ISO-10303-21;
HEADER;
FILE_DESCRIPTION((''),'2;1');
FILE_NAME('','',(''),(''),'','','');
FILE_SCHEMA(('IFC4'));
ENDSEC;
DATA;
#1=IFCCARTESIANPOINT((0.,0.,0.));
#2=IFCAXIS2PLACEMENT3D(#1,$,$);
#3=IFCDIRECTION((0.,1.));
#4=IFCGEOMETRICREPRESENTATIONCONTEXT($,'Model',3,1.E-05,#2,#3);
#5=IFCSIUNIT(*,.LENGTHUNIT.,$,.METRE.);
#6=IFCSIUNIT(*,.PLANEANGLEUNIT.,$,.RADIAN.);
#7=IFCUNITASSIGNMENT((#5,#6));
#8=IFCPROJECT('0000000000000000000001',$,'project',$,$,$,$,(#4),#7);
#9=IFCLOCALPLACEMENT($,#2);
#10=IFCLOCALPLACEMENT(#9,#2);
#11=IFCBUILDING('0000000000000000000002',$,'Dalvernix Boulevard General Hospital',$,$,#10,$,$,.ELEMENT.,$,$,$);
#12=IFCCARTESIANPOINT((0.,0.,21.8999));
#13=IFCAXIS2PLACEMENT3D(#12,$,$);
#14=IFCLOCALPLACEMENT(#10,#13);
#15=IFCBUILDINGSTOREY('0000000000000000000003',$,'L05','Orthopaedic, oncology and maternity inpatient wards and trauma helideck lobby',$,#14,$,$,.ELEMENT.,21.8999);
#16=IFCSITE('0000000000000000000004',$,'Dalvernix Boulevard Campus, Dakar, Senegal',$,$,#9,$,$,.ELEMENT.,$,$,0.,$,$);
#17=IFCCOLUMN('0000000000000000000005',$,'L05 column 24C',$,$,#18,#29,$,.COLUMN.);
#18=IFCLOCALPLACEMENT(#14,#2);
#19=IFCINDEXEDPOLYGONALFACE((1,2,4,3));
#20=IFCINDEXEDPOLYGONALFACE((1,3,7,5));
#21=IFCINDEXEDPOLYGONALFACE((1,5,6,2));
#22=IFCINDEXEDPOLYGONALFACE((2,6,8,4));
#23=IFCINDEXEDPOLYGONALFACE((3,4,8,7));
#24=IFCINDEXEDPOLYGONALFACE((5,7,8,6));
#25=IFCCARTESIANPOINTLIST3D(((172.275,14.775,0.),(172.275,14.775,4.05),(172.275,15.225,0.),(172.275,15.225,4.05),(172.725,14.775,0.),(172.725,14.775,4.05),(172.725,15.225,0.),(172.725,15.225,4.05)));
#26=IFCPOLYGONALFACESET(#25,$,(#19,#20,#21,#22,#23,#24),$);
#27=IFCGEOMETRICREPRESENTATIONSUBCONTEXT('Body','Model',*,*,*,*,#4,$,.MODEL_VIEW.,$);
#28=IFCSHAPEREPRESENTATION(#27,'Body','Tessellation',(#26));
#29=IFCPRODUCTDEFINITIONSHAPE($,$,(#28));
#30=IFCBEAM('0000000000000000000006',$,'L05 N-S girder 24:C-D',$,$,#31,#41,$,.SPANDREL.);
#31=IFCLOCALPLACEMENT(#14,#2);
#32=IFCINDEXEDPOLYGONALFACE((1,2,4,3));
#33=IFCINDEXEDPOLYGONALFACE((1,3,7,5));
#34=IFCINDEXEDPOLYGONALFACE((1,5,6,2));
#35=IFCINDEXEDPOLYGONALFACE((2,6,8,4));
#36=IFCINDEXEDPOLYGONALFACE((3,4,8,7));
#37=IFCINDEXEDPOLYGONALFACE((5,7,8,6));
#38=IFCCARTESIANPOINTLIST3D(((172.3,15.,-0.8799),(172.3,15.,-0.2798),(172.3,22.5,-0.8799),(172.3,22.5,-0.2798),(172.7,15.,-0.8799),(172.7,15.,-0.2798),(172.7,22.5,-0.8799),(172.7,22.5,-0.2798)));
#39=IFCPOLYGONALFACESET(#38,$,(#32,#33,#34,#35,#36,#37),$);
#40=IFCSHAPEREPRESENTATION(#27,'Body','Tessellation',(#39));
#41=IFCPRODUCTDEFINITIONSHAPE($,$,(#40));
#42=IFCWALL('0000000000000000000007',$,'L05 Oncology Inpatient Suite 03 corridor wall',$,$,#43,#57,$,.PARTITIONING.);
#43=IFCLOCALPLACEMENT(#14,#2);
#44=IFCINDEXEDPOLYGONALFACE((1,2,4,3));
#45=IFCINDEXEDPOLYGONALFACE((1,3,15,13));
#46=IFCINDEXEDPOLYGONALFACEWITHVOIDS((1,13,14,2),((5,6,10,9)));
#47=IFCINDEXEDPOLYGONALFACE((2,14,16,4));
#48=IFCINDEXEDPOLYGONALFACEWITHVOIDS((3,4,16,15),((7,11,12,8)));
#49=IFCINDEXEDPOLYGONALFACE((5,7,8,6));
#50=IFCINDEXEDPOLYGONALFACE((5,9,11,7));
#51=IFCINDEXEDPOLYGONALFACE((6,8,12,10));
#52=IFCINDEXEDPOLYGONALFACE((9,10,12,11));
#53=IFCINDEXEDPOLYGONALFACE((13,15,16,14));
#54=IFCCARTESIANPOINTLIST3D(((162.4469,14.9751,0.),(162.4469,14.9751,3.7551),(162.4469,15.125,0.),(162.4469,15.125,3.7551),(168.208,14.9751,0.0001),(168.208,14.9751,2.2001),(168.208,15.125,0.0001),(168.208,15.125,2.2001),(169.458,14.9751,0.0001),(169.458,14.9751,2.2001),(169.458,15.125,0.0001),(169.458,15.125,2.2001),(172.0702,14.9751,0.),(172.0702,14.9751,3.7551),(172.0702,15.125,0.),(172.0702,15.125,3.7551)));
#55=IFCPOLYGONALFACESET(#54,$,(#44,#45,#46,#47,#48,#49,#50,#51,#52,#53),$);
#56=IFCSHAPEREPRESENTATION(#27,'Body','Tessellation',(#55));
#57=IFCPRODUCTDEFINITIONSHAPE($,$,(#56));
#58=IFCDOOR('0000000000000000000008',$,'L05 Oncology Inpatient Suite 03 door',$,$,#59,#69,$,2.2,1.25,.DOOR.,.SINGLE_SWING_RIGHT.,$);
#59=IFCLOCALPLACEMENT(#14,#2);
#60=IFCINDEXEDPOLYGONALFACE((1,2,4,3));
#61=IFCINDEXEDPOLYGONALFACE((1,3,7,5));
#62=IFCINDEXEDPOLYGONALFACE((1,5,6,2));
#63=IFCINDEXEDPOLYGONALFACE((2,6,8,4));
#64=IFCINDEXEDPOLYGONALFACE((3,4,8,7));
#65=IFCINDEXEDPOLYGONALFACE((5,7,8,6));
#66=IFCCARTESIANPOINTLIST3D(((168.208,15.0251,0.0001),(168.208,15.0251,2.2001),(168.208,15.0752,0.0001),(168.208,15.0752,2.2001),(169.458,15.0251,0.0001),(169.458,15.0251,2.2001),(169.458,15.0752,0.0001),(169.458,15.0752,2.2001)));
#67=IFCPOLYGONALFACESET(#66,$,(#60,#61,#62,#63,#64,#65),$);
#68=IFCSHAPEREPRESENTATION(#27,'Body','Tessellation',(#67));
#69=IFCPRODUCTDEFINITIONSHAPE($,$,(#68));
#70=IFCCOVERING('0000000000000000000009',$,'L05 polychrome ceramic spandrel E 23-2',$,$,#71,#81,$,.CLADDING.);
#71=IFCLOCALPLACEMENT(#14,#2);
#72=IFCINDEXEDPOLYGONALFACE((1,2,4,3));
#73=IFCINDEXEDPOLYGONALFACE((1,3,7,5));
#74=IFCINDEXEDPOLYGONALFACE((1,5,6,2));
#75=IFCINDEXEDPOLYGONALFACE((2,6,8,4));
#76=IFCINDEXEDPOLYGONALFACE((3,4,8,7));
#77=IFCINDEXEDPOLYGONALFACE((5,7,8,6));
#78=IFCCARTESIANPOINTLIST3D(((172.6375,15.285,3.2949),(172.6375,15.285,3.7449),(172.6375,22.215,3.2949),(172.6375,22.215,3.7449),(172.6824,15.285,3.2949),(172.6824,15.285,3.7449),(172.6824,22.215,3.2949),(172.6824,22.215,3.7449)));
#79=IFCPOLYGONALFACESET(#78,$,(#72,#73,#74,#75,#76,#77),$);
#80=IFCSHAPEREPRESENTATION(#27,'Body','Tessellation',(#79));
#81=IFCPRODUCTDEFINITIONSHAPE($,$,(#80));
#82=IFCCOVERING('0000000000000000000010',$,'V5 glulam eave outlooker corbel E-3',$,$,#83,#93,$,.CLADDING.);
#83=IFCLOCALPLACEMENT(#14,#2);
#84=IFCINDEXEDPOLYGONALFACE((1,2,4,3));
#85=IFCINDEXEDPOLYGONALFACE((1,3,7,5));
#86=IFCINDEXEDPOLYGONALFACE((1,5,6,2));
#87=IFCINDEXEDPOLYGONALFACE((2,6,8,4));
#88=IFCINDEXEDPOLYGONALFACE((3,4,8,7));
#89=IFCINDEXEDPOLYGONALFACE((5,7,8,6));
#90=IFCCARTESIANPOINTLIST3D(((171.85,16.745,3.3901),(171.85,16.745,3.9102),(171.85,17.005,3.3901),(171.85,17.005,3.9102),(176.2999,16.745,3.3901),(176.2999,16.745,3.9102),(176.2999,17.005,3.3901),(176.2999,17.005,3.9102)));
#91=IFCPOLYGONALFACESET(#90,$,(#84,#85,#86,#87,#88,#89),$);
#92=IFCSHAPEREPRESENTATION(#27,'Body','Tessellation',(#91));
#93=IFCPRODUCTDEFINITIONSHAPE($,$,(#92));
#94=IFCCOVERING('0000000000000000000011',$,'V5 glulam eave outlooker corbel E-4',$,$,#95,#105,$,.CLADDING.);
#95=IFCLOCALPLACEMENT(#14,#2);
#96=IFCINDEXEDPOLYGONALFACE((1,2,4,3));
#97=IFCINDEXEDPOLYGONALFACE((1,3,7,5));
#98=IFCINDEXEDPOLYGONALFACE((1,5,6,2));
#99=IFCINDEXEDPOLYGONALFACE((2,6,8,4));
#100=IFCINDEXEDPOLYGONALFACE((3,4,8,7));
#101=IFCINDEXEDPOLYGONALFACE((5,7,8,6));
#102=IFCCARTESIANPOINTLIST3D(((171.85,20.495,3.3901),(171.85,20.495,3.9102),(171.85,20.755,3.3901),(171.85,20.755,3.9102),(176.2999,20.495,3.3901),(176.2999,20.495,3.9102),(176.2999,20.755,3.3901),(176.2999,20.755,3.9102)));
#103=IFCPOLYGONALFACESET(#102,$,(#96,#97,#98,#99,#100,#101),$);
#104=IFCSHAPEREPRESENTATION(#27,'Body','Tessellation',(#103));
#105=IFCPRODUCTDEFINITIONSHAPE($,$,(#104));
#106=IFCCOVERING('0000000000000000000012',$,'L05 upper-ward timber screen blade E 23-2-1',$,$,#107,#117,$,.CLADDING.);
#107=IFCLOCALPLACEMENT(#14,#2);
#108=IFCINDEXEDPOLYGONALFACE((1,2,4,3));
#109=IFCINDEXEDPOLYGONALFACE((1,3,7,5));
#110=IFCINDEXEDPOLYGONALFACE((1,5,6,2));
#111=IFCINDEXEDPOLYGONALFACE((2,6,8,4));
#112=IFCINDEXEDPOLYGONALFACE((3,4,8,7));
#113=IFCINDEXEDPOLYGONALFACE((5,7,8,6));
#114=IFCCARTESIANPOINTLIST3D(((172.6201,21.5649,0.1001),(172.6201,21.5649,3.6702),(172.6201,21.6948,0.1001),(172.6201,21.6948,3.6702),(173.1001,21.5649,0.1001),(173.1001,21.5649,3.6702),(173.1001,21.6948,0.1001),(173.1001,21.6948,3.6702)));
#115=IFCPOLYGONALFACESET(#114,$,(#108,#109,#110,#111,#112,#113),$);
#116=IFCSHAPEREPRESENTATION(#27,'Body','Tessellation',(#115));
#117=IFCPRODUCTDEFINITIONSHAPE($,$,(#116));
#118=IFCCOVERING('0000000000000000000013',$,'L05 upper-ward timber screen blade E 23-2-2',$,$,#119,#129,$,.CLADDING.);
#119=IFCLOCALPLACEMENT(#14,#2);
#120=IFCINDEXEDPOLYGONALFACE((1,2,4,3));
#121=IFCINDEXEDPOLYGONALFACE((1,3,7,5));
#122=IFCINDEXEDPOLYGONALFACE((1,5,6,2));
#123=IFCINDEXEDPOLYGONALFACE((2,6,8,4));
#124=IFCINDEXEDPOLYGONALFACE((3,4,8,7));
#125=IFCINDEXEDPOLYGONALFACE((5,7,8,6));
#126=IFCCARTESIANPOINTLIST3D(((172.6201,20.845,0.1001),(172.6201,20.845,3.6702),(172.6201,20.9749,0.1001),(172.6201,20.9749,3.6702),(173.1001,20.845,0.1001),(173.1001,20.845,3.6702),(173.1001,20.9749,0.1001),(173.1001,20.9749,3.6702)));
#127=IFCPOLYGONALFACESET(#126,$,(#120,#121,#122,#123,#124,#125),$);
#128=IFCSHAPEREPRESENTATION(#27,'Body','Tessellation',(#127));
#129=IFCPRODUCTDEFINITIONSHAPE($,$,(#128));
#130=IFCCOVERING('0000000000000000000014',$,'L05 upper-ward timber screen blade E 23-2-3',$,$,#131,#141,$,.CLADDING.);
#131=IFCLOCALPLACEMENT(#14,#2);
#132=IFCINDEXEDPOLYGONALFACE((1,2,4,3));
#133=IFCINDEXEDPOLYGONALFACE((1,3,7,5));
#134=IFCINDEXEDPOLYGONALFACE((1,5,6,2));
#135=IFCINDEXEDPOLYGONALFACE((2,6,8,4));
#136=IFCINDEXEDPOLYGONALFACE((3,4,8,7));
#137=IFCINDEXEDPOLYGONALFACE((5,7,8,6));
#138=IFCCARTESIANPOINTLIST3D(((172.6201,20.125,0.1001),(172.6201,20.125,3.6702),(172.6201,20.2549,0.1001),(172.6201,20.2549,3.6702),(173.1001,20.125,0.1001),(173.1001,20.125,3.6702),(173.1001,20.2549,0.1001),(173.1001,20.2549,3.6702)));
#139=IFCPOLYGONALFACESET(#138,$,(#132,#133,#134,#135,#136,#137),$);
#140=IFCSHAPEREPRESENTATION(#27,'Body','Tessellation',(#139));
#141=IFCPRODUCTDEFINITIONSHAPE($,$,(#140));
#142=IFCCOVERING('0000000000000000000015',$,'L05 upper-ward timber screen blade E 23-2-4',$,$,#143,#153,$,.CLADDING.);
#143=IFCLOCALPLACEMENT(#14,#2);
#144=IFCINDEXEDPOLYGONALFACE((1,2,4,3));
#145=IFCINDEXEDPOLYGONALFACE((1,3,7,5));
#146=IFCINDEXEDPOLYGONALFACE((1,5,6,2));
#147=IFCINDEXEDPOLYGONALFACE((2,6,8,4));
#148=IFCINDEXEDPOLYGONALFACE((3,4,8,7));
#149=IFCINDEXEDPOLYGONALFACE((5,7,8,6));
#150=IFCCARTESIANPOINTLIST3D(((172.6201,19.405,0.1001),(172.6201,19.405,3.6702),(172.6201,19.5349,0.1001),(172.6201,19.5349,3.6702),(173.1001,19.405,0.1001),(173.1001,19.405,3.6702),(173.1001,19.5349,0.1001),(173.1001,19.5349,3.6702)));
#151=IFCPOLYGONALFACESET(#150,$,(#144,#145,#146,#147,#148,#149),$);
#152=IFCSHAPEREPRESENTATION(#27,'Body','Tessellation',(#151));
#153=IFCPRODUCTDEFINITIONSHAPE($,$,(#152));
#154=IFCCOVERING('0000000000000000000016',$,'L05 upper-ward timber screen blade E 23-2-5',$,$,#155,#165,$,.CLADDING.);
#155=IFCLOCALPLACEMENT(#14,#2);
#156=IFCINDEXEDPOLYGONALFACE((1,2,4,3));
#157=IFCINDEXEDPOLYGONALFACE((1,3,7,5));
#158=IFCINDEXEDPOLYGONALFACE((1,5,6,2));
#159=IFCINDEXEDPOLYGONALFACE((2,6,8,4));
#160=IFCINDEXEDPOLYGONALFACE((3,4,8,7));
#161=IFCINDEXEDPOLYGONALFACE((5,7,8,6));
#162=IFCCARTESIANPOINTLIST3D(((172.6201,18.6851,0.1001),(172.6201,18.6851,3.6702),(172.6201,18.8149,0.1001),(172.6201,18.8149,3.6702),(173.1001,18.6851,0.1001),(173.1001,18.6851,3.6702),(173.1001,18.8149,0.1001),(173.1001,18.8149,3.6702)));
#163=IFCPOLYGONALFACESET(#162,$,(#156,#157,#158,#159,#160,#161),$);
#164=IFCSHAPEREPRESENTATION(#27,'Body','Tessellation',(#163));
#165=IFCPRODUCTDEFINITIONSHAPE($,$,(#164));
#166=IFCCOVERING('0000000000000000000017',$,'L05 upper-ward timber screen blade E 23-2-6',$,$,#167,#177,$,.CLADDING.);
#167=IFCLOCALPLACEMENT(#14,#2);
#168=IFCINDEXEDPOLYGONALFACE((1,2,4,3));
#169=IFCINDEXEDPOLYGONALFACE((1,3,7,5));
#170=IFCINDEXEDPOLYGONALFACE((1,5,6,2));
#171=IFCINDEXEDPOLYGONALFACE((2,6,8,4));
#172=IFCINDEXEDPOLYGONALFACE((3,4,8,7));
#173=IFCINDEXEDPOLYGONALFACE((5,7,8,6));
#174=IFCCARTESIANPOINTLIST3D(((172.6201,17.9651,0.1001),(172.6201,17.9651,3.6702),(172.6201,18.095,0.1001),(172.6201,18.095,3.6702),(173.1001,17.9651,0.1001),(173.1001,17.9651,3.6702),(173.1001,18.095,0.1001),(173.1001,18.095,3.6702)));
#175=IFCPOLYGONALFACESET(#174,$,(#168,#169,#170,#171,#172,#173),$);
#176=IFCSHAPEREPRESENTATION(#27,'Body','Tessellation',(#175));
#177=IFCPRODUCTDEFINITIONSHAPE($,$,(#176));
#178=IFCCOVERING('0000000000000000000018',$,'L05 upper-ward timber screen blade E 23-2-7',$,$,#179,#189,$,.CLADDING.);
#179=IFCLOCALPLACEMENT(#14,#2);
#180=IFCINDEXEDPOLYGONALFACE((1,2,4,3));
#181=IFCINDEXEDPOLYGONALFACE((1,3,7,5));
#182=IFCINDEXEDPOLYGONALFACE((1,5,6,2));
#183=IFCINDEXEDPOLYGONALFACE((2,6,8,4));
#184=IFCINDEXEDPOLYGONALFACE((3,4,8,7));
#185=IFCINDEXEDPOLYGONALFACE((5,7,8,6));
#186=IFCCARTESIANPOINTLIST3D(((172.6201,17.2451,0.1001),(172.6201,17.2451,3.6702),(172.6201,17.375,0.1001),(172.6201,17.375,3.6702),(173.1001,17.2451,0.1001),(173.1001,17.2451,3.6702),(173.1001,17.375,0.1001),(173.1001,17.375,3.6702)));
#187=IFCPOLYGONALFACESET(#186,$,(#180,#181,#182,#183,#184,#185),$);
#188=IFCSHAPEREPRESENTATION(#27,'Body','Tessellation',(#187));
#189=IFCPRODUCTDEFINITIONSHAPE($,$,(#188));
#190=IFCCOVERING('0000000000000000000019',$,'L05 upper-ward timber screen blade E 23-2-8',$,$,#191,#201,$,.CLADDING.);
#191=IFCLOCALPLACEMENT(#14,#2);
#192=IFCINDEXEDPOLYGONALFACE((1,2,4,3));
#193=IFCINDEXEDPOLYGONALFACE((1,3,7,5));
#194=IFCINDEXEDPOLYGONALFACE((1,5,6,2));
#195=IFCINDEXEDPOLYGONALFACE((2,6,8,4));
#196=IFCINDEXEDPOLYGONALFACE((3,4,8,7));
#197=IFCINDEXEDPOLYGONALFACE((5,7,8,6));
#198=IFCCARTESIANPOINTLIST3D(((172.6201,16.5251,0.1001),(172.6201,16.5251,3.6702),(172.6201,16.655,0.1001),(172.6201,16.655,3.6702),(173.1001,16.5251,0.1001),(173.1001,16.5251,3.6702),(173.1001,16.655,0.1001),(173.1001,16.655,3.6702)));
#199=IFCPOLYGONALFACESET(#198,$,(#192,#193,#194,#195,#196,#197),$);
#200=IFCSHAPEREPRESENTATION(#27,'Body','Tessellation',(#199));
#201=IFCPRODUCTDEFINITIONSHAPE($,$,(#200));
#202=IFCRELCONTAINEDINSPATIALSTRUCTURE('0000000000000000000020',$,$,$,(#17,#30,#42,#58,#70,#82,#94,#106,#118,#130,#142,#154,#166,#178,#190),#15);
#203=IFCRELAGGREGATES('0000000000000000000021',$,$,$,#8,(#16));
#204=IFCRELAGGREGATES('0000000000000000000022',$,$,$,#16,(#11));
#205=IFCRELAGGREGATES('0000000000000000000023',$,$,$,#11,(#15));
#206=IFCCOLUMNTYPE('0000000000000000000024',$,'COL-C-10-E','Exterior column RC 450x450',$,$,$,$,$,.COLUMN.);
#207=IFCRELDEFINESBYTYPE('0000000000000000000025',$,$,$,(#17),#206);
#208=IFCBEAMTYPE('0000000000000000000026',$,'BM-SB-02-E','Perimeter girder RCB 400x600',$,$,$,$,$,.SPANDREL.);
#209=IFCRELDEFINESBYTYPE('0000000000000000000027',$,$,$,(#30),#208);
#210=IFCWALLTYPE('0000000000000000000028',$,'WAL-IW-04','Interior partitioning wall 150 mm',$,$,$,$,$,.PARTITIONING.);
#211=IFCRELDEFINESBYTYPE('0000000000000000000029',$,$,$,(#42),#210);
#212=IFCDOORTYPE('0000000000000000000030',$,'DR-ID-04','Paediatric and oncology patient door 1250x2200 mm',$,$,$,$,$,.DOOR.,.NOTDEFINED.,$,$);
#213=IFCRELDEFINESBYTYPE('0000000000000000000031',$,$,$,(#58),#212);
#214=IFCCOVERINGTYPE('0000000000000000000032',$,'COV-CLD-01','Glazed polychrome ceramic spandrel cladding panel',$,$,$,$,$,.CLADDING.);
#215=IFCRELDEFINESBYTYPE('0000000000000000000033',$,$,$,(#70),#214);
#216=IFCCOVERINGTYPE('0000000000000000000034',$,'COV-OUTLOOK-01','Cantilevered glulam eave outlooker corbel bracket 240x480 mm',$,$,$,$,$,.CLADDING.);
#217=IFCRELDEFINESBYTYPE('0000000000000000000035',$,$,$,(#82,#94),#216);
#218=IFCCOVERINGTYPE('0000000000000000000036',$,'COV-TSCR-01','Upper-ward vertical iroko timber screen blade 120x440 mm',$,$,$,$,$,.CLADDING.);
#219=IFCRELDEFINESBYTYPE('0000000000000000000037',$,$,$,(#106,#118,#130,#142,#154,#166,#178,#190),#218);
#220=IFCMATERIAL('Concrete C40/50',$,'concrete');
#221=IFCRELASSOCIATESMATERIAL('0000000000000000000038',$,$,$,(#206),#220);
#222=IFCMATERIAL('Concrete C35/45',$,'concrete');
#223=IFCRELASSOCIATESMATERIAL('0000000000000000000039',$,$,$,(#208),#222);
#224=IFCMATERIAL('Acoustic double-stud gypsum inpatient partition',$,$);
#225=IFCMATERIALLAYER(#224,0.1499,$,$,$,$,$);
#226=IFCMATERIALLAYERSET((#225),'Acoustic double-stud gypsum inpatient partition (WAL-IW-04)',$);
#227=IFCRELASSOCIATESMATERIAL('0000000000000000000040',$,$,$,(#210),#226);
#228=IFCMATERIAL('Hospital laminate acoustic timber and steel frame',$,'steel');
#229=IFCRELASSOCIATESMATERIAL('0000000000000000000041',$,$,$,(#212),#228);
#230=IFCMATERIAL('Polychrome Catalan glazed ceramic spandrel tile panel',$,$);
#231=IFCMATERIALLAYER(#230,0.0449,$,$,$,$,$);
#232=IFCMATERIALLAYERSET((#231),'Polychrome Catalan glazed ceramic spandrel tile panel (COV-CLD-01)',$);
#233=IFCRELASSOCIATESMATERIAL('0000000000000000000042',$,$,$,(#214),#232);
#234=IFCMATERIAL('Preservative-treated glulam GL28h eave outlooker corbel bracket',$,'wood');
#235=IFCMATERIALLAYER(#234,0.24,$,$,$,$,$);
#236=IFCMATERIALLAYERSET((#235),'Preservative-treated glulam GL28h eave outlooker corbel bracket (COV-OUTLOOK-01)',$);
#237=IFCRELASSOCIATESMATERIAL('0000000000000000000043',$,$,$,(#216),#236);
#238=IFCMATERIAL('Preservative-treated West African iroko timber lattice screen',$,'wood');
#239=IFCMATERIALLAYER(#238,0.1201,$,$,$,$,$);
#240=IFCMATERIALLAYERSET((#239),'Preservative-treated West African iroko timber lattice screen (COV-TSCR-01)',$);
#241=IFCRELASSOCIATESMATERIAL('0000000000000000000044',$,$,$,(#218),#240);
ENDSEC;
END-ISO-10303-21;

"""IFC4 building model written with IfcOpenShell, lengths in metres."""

from ifc_helpers import new_model, si_unit, direction, frame, frame_2d, origin, origin_2d, place, context, subcontext, project, spatial, rectangle, extrude, material, layer, layer_set, material_profile, profile_set, type_object, element, fill, save


model = new_model("IFC4")

# Units and contexts
model_context = context("Model", 3, precision=1e-05, world=origin(), true_north=direction((0.0, 1.0)))
body_context = subcontext(model_context, "Body", "Model", "MODEL_VIEW")
ifc_project = project(units=[si_unit("LENGTHUNIT", "METRE"), si_unit("PLANEANGLEUNIT", "RADIAN")], contexts=[model_context])

# Site, building, storey
site_placement = place(None, origin())
site = spatial("IfcSite", under=ifc_project, at=site_placement, Name="Dalvernix Boulevard Campus, Dakar, Senegal", CompositionType="ELEMENT", RefElevation=0.0)
building_placement = place(site_placement, origin())
building = spatial("IfcBuilding", under=site, at=building_placement, Name="Dalvernix Boulevard General Hospital", CompositionType="ELEMENT")
storey_placement = place(building_placement, frame((0.0, 0.0, 21.8999)))
storey = spatial("IfcBuildingStorey", under=building, at=storey_placement, Name="L05", Description="Orthopaedic, oncology and maternity inpatient wards and trauma helideck lobby", CompositionType="ELEMENT", Elevation=21.8999)

# Column
ifc_material_1 = material(Name="Concrete C40/50", Category="concrete")
ifc_material_profile_1 = material_profile(ifc_material_1, rectangle(XDim=0.45, YDim=0.45, at=origin_2d()), Name="RC 450x450")
ifc_profile_set_1 = profile_set([ifc_material_profile_1], Name="Concrete C40/50")
column_type = type_object("IfcColumnType", Name="COL-C-10-E", Description="Exterior column RC 450x450", PredefinedType="COLUMN", material=ifc_profile_set_1)
column_placement = place(storey_placement, frame((172.5, 15.0, 0.0), z_axis=(0.0, 0.0, 1.0), x_axis=(1.0, 0.0, 0.0)))
element("IfcColumn", 1, at=column_placement, inside=storey, type_object=column_type, Name="L05 column 24C", PredefinedType="COLUMN", context=body_context, shape_type="SweptSolid", body=[
    extrude(rectangle(XDim=0.45, YDim=0.45, at=origin_2d()), origin(), (0.0, 0.0, 1.0), 4.05),
])

# Beam
ifc_material_2 = material(Name="Concrete C35/45", Category="concrete")
ifc_material_profile_2 = material_profile(ifc_material_2, rectangle(XDim=0.3999, YDim=0.6001, at=origin_2d()), Name="RCB 400x600")
ifc_profile_set_2 = profile_set([ifc_material_profile_2], Name="Concrete C35/45")
beam_type = type_object("IfcBeamType", Name="BM-SB-02-E", Description="Perimeter girder RCB 400x600", PredefinedType="SPANDREL", material=ifc_profile_set_2)
beam_placement = place(storey_placement, frame((172.5, 15.0, -0.5798), z_axis=(0.0, 1.0, 0.0), x_axis=(-1.0, 0.0, 0.0)))
element("IfcBeam", 2, at=beam_placement, inside=storey, type_object=beam_type, Name="L05 N-S girder 24:C-D", PredefinedType="SPANDREL", context=body_context, shape_type="SweptSolid", body=[
    extrude(rectangle(XDim=0.3999, YDim=0.6001, at=origin_2d()), origin(), (0.0, 0.0, 1.0), 7.5),
])

# Wall, opening, door
ifc_material_3 = material(Name="Acoustic double-stud gypsum inpatient partition")
ifc_layer_1 = layer(ifc_material_3, 0.1499)
ifc_layer_set_1 = layer_set([ifc_layer_1], Name="Acoustic double-stud gypsum inpatient partition (WAL-IW-04)")
wall_type = type_object("IfcWallType", Name="WAL-IW-04", Description="Interior partitioning wall 150 mm", PredefinedType="PARTITIONING", material=ifc_layer_set_1)
wall_placement = place(storey_placement, frame((172.0701, 15.05, 0.0), z_axis=(0.0, 0.0, 1.0), x_axis=(-1.0, 0.0, 0.0)))
wall = element("IfcWall", 3, at=wall_placement, inside=storey, type_object=wall_type, Name="L05 Oncology Inpatient Suite 03 corridor wall", PredefinedType="PARTITIONING", context=body_context, shape_type="SweptSolid", body=[
    extrude(rectangle(XDim=9.6233, YDim=0.1499, at=frame_2d((4.8115, 0.0))), origin(), (0.0, 0.0, 1.0), 3.7551),
])
opening_placement = place(wall_placement, frame((2.6121, 0.0, 0.0)))
opening = element("IfcOpeningElement", 4, at=opening_placement, cuts=wall, PredefinedType="OPENING", context=body_context, shape_type="SweptSolid", body=[
    extrude(rectangle(XDim=1.25, YDim=2.2, at=frame_2d((0.625, 1.1001))), frame((0.0, 0.085, 0.0), z_axis=(0.0, -1.0, 0.0), x_axis=(1.0, 0.0, 0.0)), (0.0, 0.0, 1.0), 0.1699),
])
ifc_material_4 = material(Name="Hospital laminate acoustic timber and steel frame", Category="steel")
door_type = type_object("IfcDoorType", Name="DR-ID-04", Description="Paediatric and oncology patient door 1250x2200 mm", OperationType="NOTDEFINED", PredefinedType="DOOR", material=ifc_material_4)
door_placement = place(opening_placement, origin())
door = element("IfcDoor", 5, at=door_placement, inside=storey, type_object=door_type, Name="L05 Oncology Inpatient Suite 03 door", OperationType="SINGLE_SWING_RIGHT", OverallHeight=2.2, OverallWidth=1.25, PredefinedType="DOOR", context=body_context, shape_type="SweptSolid", body=[
    extrude(rectangle(XDim=1.25, YDim=2.2, at=frame_2d((0.625, 1.1001))), frame((0.0, 0.0249, 0.0), z_axis=(0.0, -1.0, 0.0), x_axis=(1.0, 0.0, 0.0)), (0.0, 0.0, 1.0), 0.05),
])
fill(opening, door)

# Coverings
ifc_material_5 = material(Name="Polychrome Catalan glazed ceramic spandrel tile panel")
ifc_layer_2 = layer(ifc_material_5, 0.0449)
ifc_layer_set_2 = layer_set([ifc_layer_2], Name="Polychrome Catalan glazed ceramic spandrel tile panel (COV-CLD-01)")
covering_type_1 = type_object("IfcCoveringType", Name="COV-CLD-01", Description="Glazed polychrome ceramic spandrel cladding panel", PredefinedType="CLADDING", material=ifc_layer_set_2)
covering_placement = place(storey_placement, frame((172.6599, 18.75, 3.2949), z_axis=(0.0, 0.0, 1.0), x_axis=(0.0, -1.0, 0.0)))
element("IfcCovering", 6, at=covering_placement, inside=storey, type_object=covering_type_1, Name="L05 polychrome ceramic spandrel E 23-2", PredefinedType="CLADDING", context=body_context, shape_type="SweptSolid", body=[
    extrude(rectangle(XDim=6.9299, YDim=0.0449, at=origin_2d()), origin(), (0.0, 0.0, 1.0), 0.45),
])
ifc_material_6 = material(Name="Preservative-treated glulam GL28h eave outlooker corbel bracket", Category="wood")
ifc_layer_3 = layer(ifc_material_6, 0.24)
ifc_layer_set_3 = layer_set([ifc_layer_3], Name="Preservative-treated glulam GL28h eave outlooker corbel bracket (COV-OUTLOOK-01)")
covering_type_2 = type_object("IfcCoveringType", Name="COV-OUTLOOK-01", Description="Cantilevered glulam eave outlooker corbel bracket 240x480 mm", PredefinedType="CLADDING", material=ifc_layer_set_3)
for number, where, z_axis, x_axis, name in (
    (7, (174.075, 16.875, 3.3901), (0.0, 0.0, 1.0), (1.0, 0.0, 0.0), "V5 glulam eave outlooker corbel E-3"),
    (8, (174.075, 20.625, 3.3901), (0.0, 0.0, 1.0), (1.0, 0.0, 0.0), "V5 glulam eave outlooker corbel E-4"),
):
    element("IfcCovering", number, at=place(storey_placement, frame(where, z_axis=z_axis, x_axis=x_axis)), inside=storey, type_object=covering_type_2, Name=name, PredefinedType="CLADDING", context=body_context, shape_type="SweptSolid", body=[
        extrude(rectangle(XDim=4.45, YDim=0.26, at=origin_2d()), origin(), (0.0, 0.0, 1.0), 0.52),
    ])
ifc_material_7 = material(Name="Preservative-treated West African iroko timber lattice screen", Category="wood")
ifc_layer_4 = layer(ifc_material_7, 0.1201)
ifc_layer_set_4 = layer_set([ifc_layer_4], Name="Preservative-treated West African iroko timber lattice screen (COV-TSCR-01)")
covering_type_3 = type_object("IfcCoveringType", Name="COV-TSCR-01", Description="Upper-ward vertical iroko timber screen blade 120x440 mm", PredefinedType="CLADDING", material=ifc_layer_set_4)
for number, where, z_axis, x_axis, name in (
    (9, (172.8601, 21.6299, 0.1001), (0.0, 0.0, 1.0), (0.0, -1.0, 0.0), "L05 upper-ward timber screen blade E 23-2-1"),
    (10, (172.8601, 20.9099, 0.1001), (0.0, 0.0, 1.0), (0.0, -1.0, 0.0), "L05 upper-ward timber screen blade E 23-2-2"),
    (11, (172.8601, 20.1899, 0.1001), (0.0, 0.0, 1.0), (0.0, -1.0, 0.0), "L05 upper-ward timber screen blade E 23-2-3"),
    (12, (172.8601, 19.47, 0.1001), (0.0, 0.0, 1.0), (0.0, -1.0, 0.0), "L05 upper-ward timber screen blade E 23-2-4"),
    (13, (172.8601, 18.75, 0.1001), (0.0, 0.0, 1.0), (0.0, -1.0, 0.0), "L05 upper-ward timber screen blade E 23-2-5"),
    (14, (172.8601, 18.03, 0.1001), (0.0, 0.0, 1.0), (0.0, -1.0, 0.0), "L05 upper-ward timber screen blade E 23-2-6"),
    (15, (172.8601, 17.3101, 0.1001), (0.0, 0.0, 1.0), (0.0, -1.0, 0.0), "L05 upper-ward timber screen blade E 23-2-7"),
    (16, (172.8601, 16.5901, 0.1001), (0.0, 0.0, 1.0), (0.0, -1.0, 0.0), "L05 upper-ward timber screen blade E 23-2-8"),
):
    element("IfcCovering", number, at=place(storey_placement, frame(where, z_axis=z_axis, x_axis=x_axis)), inside=storey, type_object=covering_type_3, Name=name, PredefinedType="CLADDING", context=body_context, shape_type="SweptSolid", body=[
        extrude(rectangle(XDim=0.1299, YDim=0.48, at=origin_2d()), origin(), (0.0, 0.0, 1.0), 3.5701),
    ])

save(model, "model.ifc")
